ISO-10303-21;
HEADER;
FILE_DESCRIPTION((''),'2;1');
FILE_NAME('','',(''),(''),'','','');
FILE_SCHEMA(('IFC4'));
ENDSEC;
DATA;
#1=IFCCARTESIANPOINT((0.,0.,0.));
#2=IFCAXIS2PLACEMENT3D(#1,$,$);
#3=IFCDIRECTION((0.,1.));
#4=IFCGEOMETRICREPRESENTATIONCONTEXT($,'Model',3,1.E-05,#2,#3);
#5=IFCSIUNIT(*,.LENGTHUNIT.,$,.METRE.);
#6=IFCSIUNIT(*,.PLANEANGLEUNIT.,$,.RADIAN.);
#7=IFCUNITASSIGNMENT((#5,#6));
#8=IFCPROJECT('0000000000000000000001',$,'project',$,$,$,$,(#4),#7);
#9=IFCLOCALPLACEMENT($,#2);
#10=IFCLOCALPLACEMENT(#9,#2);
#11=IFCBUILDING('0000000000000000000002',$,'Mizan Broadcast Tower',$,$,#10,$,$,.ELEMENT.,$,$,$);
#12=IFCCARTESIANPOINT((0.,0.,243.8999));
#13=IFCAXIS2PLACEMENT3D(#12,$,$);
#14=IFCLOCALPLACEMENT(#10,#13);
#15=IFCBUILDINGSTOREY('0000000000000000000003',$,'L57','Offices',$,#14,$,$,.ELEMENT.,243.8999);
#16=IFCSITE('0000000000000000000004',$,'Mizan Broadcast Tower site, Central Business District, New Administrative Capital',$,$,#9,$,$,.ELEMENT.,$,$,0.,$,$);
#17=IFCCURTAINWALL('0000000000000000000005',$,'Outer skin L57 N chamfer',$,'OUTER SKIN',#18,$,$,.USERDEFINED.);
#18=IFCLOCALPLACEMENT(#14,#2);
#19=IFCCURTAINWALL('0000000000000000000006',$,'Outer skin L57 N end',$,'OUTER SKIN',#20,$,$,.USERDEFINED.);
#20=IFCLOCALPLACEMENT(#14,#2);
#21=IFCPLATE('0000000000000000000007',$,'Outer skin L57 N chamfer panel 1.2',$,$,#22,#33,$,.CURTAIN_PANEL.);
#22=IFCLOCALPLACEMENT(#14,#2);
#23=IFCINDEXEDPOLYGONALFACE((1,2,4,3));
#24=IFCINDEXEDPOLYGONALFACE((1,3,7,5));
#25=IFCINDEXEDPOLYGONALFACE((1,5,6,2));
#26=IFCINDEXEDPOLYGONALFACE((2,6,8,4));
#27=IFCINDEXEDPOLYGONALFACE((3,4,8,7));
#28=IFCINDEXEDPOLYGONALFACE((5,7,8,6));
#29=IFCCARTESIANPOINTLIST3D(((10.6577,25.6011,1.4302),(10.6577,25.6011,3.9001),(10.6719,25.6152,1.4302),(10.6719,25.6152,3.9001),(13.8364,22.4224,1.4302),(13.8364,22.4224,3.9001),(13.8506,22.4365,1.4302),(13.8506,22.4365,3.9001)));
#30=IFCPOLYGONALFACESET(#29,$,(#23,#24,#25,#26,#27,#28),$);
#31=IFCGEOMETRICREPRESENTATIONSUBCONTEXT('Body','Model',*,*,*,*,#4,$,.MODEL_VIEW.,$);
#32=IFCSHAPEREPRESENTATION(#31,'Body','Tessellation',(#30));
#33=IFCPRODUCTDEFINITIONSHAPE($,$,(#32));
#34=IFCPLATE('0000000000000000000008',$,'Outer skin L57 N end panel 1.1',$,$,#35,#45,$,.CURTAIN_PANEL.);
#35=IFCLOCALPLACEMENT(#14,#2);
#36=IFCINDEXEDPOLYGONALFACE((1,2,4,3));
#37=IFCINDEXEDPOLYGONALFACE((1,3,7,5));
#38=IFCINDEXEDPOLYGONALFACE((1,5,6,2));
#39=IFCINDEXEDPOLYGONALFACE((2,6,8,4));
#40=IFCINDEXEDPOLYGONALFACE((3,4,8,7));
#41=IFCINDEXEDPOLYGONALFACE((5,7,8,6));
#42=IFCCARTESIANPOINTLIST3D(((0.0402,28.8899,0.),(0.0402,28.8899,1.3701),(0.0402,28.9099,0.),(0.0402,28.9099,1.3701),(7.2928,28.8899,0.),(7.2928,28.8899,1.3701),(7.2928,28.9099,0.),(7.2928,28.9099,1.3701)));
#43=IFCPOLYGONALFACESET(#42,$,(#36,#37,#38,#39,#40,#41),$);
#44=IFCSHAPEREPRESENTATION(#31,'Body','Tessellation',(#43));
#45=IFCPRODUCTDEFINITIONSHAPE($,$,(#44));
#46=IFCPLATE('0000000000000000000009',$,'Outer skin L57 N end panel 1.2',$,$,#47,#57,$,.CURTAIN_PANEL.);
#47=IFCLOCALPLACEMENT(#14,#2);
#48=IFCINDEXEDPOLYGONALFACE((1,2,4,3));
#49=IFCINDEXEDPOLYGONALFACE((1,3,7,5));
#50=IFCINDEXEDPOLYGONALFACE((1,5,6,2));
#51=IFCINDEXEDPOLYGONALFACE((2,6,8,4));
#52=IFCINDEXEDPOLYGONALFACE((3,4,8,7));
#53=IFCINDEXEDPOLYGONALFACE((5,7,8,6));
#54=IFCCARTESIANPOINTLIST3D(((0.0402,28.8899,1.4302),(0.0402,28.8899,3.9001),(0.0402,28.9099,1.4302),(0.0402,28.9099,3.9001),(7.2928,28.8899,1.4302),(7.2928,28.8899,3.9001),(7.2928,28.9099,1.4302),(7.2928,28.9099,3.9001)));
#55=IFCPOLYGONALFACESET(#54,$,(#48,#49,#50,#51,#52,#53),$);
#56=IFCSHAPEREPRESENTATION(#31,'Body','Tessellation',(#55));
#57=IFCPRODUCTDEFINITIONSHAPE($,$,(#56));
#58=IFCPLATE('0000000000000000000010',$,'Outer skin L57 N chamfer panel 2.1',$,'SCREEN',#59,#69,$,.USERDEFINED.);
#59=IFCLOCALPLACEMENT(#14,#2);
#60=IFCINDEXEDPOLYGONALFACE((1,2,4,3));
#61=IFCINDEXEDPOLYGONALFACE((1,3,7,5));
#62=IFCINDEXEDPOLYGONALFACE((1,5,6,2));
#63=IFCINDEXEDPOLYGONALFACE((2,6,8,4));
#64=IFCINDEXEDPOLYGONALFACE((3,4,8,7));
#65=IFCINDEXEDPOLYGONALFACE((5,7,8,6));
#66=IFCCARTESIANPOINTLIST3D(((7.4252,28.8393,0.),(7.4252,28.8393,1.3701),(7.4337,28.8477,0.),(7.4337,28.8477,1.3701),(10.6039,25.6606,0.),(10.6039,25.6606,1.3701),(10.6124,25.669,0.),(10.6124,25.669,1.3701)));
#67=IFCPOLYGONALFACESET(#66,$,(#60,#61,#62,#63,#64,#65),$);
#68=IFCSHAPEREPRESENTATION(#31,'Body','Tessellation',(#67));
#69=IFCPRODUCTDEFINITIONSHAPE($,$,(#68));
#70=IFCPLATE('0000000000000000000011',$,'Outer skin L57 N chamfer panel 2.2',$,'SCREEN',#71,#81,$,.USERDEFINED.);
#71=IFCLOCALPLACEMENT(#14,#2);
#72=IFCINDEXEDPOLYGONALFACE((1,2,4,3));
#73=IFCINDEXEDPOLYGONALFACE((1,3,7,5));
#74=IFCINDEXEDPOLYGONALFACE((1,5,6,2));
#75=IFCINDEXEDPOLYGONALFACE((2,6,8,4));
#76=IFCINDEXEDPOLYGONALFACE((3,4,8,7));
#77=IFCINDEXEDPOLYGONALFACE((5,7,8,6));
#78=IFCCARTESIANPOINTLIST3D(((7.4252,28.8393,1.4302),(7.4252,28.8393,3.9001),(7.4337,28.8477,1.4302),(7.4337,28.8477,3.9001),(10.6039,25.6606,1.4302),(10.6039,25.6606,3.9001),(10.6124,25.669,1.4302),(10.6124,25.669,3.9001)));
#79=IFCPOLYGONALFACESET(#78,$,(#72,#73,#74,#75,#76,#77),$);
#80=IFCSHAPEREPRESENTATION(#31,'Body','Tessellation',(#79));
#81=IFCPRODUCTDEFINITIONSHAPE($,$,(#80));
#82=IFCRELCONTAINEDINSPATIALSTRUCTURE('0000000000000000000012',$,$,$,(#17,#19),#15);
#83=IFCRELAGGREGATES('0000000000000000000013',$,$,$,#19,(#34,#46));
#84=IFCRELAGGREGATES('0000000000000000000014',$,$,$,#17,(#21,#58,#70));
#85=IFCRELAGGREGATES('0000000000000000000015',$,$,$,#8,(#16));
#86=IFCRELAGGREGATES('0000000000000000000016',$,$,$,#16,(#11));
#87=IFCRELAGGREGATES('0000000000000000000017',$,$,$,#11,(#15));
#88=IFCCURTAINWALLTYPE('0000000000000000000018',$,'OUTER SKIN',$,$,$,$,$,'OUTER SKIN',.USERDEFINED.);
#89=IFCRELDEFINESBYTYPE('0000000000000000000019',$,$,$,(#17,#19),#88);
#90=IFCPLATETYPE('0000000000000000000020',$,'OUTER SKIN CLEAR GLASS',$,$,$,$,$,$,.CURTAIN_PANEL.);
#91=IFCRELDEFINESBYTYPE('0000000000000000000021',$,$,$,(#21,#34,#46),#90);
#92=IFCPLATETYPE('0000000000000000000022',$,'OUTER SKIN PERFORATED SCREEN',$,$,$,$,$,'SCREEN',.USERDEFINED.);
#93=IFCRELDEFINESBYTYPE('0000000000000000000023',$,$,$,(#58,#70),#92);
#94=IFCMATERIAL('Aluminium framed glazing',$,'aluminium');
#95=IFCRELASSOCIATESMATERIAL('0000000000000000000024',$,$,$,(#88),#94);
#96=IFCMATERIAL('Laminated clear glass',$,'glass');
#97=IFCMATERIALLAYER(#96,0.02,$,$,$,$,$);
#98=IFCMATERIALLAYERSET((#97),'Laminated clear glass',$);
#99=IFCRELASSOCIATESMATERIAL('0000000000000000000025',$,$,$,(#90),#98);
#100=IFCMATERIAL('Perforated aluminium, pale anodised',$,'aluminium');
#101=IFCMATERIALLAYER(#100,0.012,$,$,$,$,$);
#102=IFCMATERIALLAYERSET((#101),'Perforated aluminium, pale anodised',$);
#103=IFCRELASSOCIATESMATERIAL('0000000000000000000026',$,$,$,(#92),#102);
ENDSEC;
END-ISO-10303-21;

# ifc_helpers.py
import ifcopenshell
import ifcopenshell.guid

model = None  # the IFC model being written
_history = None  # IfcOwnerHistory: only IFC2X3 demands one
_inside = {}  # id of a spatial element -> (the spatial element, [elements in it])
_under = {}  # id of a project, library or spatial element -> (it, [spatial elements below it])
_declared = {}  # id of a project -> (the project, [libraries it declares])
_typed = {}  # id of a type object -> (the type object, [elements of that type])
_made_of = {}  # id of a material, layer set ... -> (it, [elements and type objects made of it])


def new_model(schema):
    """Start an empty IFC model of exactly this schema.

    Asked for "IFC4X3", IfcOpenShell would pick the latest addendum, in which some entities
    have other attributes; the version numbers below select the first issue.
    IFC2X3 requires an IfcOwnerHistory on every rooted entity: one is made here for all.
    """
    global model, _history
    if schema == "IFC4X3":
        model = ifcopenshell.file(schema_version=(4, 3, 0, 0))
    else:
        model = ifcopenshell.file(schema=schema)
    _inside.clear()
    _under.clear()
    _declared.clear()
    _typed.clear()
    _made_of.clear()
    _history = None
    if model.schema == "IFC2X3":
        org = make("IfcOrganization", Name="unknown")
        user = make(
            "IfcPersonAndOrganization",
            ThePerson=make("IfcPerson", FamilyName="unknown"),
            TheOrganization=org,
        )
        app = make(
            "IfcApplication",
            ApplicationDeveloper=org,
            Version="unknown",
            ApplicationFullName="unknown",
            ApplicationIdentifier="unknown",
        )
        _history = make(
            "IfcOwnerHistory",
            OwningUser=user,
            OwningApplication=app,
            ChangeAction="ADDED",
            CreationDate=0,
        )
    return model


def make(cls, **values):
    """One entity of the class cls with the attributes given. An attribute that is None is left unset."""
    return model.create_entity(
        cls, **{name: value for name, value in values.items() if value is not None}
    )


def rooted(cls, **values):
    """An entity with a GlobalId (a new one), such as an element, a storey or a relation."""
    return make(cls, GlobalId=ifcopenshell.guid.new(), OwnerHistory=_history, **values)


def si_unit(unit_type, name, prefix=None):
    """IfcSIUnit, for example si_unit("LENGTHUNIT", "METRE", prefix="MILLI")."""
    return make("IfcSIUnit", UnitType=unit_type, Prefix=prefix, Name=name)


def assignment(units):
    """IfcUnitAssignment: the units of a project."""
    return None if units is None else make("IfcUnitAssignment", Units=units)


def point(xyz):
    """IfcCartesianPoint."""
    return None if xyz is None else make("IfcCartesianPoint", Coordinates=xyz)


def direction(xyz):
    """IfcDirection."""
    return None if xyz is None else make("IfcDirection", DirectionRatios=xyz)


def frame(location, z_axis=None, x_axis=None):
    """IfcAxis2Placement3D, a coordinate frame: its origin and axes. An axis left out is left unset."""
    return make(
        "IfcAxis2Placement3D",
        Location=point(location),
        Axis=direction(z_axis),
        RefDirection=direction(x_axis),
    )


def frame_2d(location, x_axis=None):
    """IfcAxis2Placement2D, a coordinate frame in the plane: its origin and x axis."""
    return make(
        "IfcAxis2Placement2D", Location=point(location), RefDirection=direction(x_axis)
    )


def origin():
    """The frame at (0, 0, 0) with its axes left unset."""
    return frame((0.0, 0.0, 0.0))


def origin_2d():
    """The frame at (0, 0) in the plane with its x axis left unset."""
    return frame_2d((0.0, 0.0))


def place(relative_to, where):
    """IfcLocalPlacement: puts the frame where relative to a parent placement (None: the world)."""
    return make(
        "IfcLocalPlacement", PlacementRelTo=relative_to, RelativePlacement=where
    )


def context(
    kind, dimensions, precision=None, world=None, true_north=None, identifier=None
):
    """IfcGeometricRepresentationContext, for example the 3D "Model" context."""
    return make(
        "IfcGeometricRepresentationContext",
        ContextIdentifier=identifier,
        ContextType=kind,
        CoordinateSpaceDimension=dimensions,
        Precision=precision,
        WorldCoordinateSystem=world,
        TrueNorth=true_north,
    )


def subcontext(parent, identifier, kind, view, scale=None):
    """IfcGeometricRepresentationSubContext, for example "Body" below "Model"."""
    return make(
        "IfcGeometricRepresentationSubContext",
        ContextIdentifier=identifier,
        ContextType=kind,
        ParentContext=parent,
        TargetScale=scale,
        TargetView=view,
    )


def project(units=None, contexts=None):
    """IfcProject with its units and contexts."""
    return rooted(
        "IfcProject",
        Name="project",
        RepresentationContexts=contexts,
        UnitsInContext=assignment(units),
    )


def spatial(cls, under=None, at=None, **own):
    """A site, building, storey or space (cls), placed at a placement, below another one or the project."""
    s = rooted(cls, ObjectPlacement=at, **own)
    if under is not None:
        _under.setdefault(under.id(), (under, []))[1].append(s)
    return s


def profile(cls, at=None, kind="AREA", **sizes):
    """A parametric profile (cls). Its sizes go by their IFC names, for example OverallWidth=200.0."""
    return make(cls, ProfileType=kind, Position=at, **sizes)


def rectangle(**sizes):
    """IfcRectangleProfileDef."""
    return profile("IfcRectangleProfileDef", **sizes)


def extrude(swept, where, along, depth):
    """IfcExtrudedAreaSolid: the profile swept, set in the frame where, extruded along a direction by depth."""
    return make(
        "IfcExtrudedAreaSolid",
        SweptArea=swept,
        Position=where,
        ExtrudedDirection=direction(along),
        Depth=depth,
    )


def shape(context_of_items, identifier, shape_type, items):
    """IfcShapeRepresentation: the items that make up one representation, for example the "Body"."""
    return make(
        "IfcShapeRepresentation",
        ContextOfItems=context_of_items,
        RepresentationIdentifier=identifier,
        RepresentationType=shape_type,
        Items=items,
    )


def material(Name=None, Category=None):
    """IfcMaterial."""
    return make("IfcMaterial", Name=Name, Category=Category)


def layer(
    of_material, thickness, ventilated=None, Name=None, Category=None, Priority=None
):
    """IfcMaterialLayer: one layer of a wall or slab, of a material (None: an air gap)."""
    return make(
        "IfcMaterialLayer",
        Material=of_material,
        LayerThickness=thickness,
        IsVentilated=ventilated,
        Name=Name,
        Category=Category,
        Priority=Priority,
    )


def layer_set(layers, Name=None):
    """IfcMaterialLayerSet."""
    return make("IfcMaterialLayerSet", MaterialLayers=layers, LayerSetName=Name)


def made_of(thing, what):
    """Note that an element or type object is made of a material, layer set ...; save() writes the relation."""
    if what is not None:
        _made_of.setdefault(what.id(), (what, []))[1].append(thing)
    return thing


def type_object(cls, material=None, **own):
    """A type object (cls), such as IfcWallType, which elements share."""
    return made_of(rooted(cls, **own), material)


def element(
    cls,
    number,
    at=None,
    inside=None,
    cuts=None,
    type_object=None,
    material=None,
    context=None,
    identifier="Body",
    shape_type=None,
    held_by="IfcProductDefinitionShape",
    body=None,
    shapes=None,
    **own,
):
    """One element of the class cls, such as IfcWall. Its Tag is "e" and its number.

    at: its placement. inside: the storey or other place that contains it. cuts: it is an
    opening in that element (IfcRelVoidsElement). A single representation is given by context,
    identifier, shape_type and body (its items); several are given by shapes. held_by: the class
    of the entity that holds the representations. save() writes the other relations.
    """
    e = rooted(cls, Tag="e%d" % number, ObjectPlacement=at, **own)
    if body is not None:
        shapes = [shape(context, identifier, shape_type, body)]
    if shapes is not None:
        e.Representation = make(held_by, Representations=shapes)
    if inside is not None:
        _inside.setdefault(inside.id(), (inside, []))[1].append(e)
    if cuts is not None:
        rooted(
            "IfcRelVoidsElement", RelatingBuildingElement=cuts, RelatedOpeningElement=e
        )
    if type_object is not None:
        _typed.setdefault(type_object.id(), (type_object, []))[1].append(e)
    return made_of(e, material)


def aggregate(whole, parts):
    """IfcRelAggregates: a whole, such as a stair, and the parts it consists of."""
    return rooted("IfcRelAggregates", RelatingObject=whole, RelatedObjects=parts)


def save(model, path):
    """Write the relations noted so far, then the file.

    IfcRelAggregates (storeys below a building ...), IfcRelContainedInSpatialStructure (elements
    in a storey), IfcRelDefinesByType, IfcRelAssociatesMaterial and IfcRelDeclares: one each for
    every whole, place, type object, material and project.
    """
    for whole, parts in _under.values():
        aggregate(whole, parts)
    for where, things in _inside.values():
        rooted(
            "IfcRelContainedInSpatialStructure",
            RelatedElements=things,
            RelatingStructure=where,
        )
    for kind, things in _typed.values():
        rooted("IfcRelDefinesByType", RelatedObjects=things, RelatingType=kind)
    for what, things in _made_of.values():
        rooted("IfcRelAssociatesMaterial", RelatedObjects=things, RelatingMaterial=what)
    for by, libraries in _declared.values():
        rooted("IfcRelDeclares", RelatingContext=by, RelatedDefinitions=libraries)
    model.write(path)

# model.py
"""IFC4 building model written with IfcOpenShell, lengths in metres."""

from ifc_helpers import new_model, si_unit, direction, frame, origin, origin_2d, place, context, subcontext, project, spatial, rectangle, extrude, material, layer, layer_set, type_object, element, aggregate, save


model = new_model("IFC4")

# Units and contexts
model_context = context("Model", 3, precision=1e-05, world=origin(), true_north=direction((0.0, 1.0)))
body_context = subcontext(model_context, "Body", "Model", "MODEL_VIEW")
ifc_project = project(units=[si_unit("LENGTHUNIT", "METRE"), si_unit("PLANEANGLEUNIT", "RADIAN")], contexts=[model_context])

# Site, building, storey
site_placement = place(None, origin())
site = spatial("IfcSite", under=ifc_project, at=site_placement, Name="Mizan Broadcast Tower site, Central Business District, New Administrative Capital", CompositionType="ELEMENT", RefElevation=0.0)
building_placement = place(site_placement, origin())
building = spatial("IfcBuilding", under=site, at=building_placement, Name="Mizan Broadcast Tower", CompositionType="ELEMENT")
storey_placement = place(building_placement, frame((0.0, 0.0, 243.8999)))
storey = spatial("IfcBuildingStorey", under=building, at=storey_placement, Name="L57", Description="Offices", CompositionType="ELEMENT", Elevation=243.8999)

# Curtain wall
ifc_material_1 = material(Name="Aluminium framed glazing", Category="aluminium")
curtain_wall_type_1 = type_object("IfcCurtainWallType", Name="OUTER SKIN", ElementType="OUTER SKIN", PredefinedType="USERDEFINED", material=ifc_material_1)
curtain_wall_1_placement = place(storey_placement, origin())
curtain_wall_1 = element("IfcCurtainWall", 1, at=curtain_wall_1_placement, inside=storey, type_object=curtain_wall_type_1, Name="Outer skin L57 N chamfer", ObjectType="OUTER SKIN", PredefinedType="USERDEFINED")

# Curtain wall
curtain_wall_2_placement = place(storey_placement, origin())
curtain_wall_2 = element("IfcCurtainWall", 2, at=curtain_wall_2_placement, inside=storey, type_object=curtain_wall_type_1, Name="Outer skin L57 N end", ObjectType="OUTER SKIN", PredefinedType="USERDEFINED")

# Plates
ifc_material_2 = material(Name="Laminated clear glass", Category="glass")
ifc_layer_1 = layer(ifc_material_2, 0.02)
ifc_layer_set_1 = layer_set([ifc_layer_1], Name="Laminated clear glass")
plate_type_1 = type_object("IfcPlateType", Name="OUTER SKIN CLEAR GLASS", PredefinedType="CURTAIN_PANEL", material=ifc_layer_set_1)
plate_1_placement = place(storey_placement, frame((12.2542, 24.0188, 1.4302), z_axis=(0.0, 0.0, 1.0), x_axis=(-0.707107, 0.707107, 0.0)))
plate_1 = element("IfcPlate", 3, at=plate_1_placement, type_object=plate_type_1, Name="Outer skin L57 N chamfer panel 1.2", PredefinedType="CURTAIN_PANEL", context=body_context, shape_type="SweptSolid", body=[
    extrude(rectangle(XDim=4.4954, YDim=0.02, at=origin_2d()), origin(), (0.0, 0.0, 1.0), 2.47),
])
plate_2_placement = place(storey_placement, frame((3.6665, 28.8999, 0.0), z_axis=(0.0, 0.0, 1.0), x_axis=(-1.0, 0.0, 0.0)))
plate_2 = element("IfcPlate", 4, at=plate_2_placement, type_object=plate_type_1, Name="Outer skin L57 N end panel 1.1", PredefinedType="CURTAIN_PANEL", context=body_context, shape_type="SweptSolid", body=[
    extrude(rectangle(XDim=7.2527, YDim=0.02, at=origin_2d()), origin(), (0.0, 0.0, 1.0), 1.3701),
])
plate_3_placement = place(storey_placement, frame((3.6665, 28.8999, 1.4302), z_axis=(0.0, 0.0, 1.0), x_axis=(-1.0, 0.0, 0.0)))
plate_3 = element("IfcPlate", 5, at=plate_3_placement, type_object=plate_type_1, Name="Outer skin L57 N end panel 1.2", PredefinedType="CURTAIN_PANEL", context=body_context, shape_type="SweptSolid", body=[
    extrude(rectangle(XDim=7.2527, YDim=0.02, at=origin_2d()), origin(), (0.0, 0.0, 1.0), 2.47),
])
aggregate(curtain_wall_2, [plate_2, plate_3])
ifc_material_3 = material(Name="Perforated aluminium, pale anodised", Category="aluminium")
ifc_layer_2 = layer(ifc_material_3, 0.012)
ifc_layer_set_2 = layer_set([ifc_layer_2], Name="Perforated aluminium, pale anodised")
plate_type_2 = type_object("IfcPlateType", Name="OUTER SKIN PERFORATED SCREEN", ElementType="SCREEN", PredefinedType="USERDEFINED", material=ifc_layer_set_2)
plate_4_placement = place(storey_placement, frame((9.0188, 27.2542, 0.0), z_axis=(0.0, 0.0, 1.0), x_axis=(-0.707107, 0.707107, 0.0)))
plate_4 = element("IfcPlate", 6, at=plate_4_placement, type_object=plate_type_2, Name="Outer skin L57 N chamfer panel 2.1", ObjectType="SCREEN", PredefinedType="USERDEFINED", context=body_context, shape_type="SweptSolid", body=[
    extrude(rectangle(XDim=4.4954, YDim=0.012, at=origin_2d()), origin(), (0.0, 0.0, 1.0), 1.3701),
])
plate_5_placement = place(storey_placement, frame((9.0188, 27.2542, 1.4302), z_axis=(0.0, 0.0, 1.0), x_axis=(-0.707107, 0.707107, 0.0)))
plate_5 = element("IfcPlate", 7, at=plate_5_placement, type_object=plate_type_2, Name="Outer skin L57 N chamfer panel 2.2", ObjectType="SCREEN", PredefinedType="USERDEFINED", context=body_context, shape_type="SweptSolid", body=[
    extrude(rectangle(XDim=4.4954, YDim=0.012, at=origin_2d()), origin(), (0.0, 0.0, 1.0), 2.47),
])
aggregate(curtain_wall_1, [plate_1, plate_4, plate_5])

save(model, "model.ifc")
